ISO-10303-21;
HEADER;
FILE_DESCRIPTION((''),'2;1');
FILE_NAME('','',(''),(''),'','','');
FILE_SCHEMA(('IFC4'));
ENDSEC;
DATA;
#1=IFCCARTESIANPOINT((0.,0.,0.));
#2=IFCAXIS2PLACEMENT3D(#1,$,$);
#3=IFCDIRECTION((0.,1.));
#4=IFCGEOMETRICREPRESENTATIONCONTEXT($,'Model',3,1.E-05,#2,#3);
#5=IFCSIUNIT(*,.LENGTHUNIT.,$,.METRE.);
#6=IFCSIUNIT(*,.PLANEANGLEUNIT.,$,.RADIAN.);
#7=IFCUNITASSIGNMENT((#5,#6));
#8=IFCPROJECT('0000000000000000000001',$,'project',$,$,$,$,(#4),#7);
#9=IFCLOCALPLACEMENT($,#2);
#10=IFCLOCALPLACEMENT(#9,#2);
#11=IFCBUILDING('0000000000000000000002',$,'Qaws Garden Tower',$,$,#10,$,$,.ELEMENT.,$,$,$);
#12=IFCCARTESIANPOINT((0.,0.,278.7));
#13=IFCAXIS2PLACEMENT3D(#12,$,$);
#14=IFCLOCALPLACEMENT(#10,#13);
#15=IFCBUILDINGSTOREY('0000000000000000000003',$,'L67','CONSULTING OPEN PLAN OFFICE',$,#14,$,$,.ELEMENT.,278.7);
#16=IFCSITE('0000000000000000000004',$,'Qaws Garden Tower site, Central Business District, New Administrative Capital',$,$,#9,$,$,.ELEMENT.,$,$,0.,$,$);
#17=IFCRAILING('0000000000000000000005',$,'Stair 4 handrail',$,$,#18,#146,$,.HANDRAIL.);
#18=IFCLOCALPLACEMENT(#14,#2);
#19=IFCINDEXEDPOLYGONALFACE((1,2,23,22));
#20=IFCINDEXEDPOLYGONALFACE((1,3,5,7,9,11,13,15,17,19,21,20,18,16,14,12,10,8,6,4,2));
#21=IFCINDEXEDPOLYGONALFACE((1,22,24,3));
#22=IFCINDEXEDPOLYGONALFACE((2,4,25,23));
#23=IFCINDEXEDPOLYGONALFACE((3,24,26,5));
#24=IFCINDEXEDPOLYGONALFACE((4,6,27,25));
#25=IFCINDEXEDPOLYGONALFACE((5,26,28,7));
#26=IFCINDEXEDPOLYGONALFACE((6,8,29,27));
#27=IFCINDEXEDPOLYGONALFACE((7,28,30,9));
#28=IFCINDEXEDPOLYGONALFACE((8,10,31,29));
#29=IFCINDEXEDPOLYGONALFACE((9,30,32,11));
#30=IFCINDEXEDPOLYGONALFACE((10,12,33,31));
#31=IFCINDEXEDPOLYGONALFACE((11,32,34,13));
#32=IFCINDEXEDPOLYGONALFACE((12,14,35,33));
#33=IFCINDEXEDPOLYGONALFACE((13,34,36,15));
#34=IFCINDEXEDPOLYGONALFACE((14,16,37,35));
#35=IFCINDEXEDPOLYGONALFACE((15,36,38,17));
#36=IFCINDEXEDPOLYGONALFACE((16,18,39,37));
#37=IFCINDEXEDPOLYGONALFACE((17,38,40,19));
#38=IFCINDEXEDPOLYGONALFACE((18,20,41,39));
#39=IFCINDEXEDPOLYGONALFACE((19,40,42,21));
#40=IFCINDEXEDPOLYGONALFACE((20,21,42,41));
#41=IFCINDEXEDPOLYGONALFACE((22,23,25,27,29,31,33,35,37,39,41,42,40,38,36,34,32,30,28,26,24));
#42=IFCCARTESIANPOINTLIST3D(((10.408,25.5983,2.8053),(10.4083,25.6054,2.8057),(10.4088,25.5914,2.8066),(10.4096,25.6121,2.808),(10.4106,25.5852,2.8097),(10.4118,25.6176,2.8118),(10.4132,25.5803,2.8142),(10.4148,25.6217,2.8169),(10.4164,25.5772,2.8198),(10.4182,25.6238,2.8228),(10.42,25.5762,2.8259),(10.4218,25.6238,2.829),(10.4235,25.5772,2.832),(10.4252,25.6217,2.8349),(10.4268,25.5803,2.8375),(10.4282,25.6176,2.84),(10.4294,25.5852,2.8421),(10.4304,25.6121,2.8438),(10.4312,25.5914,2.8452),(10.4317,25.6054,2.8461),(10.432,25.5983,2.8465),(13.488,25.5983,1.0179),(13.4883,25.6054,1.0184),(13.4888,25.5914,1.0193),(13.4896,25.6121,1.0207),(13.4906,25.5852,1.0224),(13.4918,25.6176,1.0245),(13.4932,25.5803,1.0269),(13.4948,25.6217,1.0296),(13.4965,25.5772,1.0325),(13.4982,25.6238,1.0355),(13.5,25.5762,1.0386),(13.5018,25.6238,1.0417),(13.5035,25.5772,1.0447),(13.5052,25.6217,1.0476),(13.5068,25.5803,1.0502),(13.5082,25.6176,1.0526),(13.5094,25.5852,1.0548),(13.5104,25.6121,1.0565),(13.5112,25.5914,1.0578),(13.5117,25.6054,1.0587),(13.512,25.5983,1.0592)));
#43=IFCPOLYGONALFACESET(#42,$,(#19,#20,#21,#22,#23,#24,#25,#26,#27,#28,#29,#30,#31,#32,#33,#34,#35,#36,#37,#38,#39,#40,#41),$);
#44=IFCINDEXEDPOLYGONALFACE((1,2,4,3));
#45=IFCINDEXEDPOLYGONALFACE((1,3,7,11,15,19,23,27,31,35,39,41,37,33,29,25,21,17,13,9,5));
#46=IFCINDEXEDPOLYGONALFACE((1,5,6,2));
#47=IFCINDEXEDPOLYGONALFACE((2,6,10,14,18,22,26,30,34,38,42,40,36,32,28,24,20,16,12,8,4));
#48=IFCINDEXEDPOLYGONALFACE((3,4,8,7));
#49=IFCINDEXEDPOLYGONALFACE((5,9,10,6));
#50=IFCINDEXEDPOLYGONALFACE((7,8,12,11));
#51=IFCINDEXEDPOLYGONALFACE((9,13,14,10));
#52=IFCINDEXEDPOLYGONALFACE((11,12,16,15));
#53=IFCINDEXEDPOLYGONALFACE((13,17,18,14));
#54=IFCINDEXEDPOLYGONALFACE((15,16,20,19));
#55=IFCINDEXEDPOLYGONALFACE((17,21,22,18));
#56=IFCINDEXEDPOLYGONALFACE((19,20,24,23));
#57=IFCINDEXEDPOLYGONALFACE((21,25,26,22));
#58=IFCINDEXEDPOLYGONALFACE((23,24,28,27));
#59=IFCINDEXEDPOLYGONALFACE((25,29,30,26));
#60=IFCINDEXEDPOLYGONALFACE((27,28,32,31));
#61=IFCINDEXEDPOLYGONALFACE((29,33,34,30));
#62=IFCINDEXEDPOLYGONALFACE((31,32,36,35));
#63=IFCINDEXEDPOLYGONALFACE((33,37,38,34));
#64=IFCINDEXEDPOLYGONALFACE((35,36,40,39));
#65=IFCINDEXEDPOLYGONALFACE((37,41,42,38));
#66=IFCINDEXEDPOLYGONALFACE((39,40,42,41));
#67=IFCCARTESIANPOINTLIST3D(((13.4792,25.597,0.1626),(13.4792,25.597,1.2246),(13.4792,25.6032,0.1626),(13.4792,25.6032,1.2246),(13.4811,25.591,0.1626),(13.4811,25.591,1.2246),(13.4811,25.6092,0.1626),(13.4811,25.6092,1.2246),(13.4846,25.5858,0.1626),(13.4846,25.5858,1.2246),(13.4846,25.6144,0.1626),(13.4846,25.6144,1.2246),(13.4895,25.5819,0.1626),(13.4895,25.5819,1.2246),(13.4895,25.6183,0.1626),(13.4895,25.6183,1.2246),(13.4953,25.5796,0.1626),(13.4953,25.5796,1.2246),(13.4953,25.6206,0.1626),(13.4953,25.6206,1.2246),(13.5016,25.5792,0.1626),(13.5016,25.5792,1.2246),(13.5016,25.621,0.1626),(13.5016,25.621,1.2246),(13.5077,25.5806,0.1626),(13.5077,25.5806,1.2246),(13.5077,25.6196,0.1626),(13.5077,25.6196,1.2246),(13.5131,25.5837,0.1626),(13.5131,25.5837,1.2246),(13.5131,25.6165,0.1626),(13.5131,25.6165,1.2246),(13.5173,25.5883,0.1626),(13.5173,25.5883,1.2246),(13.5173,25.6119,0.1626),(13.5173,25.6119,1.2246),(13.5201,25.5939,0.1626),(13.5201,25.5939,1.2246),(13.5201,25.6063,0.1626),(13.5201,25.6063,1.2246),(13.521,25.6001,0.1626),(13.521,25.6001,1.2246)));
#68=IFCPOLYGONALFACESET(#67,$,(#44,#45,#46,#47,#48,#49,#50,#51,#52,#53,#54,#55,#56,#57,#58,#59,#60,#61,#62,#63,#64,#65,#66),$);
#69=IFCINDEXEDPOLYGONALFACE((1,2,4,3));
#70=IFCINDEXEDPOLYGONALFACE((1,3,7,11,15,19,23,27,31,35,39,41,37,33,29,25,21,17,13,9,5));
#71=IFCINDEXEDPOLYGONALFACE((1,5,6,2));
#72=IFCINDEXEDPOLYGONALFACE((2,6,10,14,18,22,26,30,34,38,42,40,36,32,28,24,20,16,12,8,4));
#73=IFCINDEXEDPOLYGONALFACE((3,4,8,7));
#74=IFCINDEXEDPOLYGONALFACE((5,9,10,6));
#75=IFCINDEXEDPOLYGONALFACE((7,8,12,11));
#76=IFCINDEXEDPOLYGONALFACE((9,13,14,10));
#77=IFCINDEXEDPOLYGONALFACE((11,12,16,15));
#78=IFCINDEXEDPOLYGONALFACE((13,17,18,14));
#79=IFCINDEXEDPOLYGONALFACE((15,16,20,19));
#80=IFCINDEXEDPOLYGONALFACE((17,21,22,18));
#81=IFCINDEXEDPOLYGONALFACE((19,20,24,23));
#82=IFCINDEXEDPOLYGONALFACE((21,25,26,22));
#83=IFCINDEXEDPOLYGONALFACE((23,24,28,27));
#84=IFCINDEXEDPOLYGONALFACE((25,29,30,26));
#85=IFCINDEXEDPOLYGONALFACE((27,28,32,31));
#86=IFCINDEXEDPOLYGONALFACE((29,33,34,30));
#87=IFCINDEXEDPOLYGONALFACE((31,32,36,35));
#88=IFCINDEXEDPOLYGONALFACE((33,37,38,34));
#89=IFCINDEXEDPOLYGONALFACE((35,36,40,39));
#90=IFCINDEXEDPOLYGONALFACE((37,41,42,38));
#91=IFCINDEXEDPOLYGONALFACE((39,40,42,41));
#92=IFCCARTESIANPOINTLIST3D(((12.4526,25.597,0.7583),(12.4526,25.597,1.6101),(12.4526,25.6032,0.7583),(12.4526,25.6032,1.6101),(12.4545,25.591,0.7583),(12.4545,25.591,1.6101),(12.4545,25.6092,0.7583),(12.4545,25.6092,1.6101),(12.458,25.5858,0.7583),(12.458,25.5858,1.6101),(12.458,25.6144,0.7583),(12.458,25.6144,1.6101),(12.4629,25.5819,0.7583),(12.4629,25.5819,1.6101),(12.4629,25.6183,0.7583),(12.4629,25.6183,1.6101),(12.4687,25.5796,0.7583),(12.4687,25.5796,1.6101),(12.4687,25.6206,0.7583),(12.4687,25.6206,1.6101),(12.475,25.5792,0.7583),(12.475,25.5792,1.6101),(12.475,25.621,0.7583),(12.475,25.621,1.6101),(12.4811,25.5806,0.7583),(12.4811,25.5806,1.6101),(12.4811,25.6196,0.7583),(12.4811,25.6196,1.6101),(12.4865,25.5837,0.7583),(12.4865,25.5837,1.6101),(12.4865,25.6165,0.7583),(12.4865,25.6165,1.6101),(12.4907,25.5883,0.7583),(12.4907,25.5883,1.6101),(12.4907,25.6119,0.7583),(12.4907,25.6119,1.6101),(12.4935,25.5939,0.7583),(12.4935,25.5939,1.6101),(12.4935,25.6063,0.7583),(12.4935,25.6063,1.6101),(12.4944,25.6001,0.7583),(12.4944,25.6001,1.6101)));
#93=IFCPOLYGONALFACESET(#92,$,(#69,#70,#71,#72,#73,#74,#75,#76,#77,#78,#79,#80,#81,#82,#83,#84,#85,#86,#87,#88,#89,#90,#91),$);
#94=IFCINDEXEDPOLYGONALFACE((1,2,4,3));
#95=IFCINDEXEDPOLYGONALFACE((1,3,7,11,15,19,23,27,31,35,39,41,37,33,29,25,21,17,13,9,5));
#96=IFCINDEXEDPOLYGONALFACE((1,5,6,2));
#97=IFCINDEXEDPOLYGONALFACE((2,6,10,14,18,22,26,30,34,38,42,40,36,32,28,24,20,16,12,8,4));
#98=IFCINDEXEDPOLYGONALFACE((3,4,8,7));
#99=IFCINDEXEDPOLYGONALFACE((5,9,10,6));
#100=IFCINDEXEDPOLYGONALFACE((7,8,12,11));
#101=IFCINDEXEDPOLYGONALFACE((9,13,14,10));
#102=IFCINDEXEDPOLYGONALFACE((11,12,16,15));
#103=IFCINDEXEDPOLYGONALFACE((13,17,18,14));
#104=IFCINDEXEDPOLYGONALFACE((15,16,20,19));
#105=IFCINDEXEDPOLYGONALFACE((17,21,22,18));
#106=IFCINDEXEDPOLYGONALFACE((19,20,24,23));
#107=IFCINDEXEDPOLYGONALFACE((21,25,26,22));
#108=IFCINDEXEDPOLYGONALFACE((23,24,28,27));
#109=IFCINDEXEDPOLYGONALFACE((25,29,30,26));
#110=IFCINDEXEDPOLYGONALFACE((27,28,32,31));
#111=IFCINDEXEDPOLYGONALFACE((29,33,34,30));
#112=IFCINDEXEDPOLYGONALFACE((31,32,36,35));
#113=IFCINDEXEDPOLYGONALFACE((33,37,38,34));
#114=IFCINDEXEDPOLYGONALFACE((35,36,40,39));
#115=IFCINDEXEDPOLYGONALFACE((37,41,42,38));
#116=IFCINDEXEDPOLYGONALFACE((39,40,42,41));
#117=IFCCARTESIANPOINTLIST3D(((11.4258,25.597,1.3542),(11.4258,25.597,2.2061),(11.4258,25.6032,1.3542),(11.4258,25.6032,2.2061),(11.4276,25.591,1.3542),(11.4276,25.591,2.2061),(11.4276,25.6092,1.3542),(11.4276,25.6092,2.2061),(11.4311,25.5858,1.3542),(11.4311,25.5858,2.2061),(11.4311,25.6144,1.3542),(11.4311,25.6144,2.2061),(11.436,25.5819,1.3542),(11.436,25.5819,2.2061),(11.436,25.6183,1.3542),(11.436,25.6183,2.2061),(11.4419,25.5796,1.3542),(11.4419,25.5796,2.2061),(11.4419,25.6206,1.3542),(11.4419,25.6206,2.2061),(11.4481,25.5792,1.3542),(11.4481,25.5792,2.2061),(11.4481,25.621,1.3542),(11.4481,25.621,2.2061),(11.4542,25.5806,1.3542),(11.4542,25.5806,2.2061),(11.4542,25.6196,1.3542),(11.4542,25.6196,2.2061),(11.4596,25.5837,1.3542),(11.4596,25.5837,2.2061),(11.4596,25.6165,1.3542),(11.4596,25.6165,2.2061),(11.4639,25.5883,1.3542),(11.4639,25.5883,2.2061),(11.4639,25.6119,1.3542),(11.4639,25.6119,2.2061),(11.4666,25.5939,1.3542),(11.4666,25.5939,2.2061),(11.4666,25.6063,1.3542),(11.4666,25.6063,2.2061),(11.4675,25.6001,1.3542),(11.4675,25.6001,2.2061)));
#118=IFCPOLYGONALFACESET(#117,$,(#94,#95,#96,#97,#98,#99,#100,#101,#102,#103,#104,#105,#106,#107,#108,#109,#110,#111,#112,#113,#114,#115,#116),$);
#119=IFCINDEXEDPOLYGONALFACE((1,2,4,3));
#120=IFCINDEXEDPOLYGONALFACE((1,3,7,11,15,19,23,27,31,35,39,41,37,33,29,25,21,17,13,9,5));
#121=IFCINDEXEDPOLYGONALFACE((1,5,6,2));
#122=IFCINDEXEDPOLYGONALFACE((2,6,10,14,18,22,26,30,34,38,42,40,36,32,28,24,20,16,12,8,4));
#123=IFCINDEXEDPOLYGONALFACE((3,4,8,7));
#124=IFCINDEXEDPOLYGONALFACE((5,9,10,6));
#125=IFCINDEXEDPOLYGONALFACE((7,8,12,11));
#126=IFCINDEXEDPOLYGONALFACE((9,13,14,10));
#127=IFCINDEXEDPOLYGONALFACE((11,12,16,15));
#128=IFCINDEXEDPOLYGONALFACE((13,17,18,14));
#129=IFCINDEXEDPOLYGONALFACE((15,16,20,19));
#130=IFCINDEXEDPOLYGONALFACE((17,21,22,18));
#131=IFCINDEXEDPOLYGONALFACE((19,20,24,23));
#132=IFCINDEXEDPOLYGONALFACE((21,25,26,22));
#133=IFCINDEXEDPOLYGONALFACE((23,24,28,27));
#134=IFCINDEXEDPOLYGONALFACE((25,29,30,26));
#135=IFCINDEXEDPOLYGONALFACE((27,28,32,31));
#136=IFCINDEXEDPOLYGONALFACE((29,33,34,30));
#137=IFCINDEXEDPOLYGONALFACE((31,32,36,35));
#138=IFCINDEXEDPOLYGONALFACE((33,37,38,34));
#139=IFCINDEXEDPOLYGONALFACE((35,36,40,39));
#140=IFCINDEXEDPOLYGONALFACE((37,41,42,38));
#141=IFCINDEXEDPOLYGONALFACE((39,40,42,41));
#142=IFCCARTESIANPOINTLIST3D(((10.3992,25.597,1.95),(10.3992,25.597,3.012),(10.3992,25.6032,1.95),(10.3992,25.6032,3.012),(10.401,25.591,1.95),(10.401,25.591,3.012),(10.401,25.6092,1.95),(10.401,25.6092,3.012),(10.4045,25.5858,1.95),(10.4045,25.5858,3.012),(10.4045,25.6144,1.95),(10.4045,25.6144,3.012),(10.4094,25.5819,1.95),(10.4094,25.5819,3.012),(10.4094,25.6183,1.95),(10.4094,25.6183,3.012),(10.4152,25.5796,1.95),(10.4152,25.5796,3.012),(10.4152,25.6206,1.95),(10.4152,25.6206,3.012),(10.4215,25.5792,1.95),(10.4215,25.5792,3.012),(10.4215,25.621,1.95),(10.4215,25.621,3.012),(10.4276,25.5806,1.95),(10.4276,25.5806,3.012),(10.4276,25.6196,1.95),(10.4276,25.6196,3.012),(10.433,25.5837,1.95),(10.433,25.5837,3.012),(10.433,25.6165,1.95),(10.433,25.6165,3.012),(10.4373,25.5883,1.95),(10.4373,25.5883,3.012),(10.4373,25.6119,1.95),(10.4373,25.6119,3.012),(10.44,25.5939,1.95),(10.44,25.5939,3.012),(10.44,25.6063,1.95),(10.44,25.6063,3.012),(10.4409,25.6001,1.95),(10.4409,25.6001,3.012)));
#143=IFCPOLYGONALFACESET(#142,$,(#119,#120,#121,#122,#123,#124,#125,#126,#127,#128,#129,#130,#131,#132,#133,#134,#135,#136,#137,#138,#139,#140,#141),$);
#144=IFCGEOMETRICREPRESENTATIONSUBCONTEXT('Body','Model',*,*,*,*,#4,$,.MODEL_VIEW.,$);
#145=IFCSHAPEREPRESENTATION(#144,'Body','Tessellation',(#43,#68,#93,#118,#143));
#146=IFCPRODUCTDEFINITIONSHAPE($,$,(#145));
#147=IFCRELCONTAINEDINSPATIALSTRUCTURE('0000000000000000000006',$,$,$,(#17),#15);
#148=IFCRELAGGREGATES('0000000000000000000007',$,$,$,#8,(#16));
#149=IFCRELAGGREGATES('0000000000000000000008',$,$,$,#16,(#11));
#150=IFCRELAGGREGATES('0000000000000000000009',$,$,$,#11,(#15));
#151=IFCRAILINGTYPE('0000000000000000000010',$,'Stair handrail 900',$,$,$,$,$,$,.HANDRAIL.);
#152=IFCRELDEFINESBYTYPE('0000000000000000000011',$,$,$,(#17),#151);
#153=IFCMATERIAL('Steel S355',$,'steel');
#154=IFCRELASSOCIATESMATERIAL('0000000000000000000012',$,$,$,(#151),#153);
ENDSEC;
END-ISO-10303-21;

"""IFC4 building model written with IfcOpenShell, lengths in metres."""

from ifc_helpers import new_model, si_unit, direction, frame, origin, origin_2d, place, context, subcontext, project, spatial, circle, extrude, material, type_object, element, save


model = new_model("IFC4")

# Units and contexts
model_context = context("Model", 3, precision=1e-05, world=origin(), true_north=direction((0.0, 1.0)))
body_context = subcontext(model_context, "Body", "Model", "MODEL_VIEW")
ifc_project = project(units=[si_unit("LENGTHUNIT", "METRE"), si_unit("PLANEANGLEUNIT", "RADIAN")], contexts=[model_context])

# Site, building, storey
site_placement = place(None, origin())
site = spatial("IfcSite", under=ifc_project, at=site_placement, Name="Qaws Garden Tower site, Central Business District, New Administrative Capital", CompositionType="ELEMENT", RefElevation=0.0)
building_placement = place(site_placement, origin())
building = spatial("IfcBuilding", under=site, at=building_placement, Name="Qaws Garden Tower", CompositionType="ELEMENT")
storey_placement = place(building_placement, frame((0.0, 0.0, 278.7)))
storey = spatial("IfcBuildingStorey", under=building, at=storey_placement, Name="L67", Description="CONSULTING OPEN PLAN OFFICE", CompositionType="ELEMENT", Elevation=278.7)

# Railing
ifc_material_1 = material(Name="Steel S355", Category="steel")
railing_type = type_object("IfcRailingType", Name="Stair handrail 900", PredefinedType="HANDRAIL", material=ifc_material_1)
railing_1_placement = place(storey_placement, frame((13.5, 25.6001, 0.1626)))
element("IfcRailing", 1, at=railing_1_placement, inside=storey, type_object=railing_type, Name="Stair 4 handrail", PredefinedType="HANDRAIL", context=body_context, shape_type="SweptSolid", body=[
    extrude(circle(Radius=0.0239, at=origin_2d()), frame((0.0, 0.0, 0.876), z_axis=(-0.86492, 0.0, 0.501909), x_axis=(0.0, -1.0, 0.0)), (0.0, 0.0, 1.0), 3.561),
    extrude(circle(Radius=0.021, at=origin_2d()), origin(), (0.0, 0.0, 1.0), 1.062),
    extrude(circle(Radius=0.021, at=origin_2d()), frame((-1.0266, 0.0, 0.5957)), (0.0, 0.0, 1.0), 0.8518),
    extrude(circle(Radius=0.021, at=origin_2d()), frame((-2.0535, 0.0, 1.1917)), (0.0, 0.0, 1.0), 0.8518),
    extrude(circle(Radius=0.021, at=origin_2d()), frame((-3.0801, 0.0, 1.7874)), (0.0, 0.0, 1.0), 1.062),
])

save(model, "model.ifc")
